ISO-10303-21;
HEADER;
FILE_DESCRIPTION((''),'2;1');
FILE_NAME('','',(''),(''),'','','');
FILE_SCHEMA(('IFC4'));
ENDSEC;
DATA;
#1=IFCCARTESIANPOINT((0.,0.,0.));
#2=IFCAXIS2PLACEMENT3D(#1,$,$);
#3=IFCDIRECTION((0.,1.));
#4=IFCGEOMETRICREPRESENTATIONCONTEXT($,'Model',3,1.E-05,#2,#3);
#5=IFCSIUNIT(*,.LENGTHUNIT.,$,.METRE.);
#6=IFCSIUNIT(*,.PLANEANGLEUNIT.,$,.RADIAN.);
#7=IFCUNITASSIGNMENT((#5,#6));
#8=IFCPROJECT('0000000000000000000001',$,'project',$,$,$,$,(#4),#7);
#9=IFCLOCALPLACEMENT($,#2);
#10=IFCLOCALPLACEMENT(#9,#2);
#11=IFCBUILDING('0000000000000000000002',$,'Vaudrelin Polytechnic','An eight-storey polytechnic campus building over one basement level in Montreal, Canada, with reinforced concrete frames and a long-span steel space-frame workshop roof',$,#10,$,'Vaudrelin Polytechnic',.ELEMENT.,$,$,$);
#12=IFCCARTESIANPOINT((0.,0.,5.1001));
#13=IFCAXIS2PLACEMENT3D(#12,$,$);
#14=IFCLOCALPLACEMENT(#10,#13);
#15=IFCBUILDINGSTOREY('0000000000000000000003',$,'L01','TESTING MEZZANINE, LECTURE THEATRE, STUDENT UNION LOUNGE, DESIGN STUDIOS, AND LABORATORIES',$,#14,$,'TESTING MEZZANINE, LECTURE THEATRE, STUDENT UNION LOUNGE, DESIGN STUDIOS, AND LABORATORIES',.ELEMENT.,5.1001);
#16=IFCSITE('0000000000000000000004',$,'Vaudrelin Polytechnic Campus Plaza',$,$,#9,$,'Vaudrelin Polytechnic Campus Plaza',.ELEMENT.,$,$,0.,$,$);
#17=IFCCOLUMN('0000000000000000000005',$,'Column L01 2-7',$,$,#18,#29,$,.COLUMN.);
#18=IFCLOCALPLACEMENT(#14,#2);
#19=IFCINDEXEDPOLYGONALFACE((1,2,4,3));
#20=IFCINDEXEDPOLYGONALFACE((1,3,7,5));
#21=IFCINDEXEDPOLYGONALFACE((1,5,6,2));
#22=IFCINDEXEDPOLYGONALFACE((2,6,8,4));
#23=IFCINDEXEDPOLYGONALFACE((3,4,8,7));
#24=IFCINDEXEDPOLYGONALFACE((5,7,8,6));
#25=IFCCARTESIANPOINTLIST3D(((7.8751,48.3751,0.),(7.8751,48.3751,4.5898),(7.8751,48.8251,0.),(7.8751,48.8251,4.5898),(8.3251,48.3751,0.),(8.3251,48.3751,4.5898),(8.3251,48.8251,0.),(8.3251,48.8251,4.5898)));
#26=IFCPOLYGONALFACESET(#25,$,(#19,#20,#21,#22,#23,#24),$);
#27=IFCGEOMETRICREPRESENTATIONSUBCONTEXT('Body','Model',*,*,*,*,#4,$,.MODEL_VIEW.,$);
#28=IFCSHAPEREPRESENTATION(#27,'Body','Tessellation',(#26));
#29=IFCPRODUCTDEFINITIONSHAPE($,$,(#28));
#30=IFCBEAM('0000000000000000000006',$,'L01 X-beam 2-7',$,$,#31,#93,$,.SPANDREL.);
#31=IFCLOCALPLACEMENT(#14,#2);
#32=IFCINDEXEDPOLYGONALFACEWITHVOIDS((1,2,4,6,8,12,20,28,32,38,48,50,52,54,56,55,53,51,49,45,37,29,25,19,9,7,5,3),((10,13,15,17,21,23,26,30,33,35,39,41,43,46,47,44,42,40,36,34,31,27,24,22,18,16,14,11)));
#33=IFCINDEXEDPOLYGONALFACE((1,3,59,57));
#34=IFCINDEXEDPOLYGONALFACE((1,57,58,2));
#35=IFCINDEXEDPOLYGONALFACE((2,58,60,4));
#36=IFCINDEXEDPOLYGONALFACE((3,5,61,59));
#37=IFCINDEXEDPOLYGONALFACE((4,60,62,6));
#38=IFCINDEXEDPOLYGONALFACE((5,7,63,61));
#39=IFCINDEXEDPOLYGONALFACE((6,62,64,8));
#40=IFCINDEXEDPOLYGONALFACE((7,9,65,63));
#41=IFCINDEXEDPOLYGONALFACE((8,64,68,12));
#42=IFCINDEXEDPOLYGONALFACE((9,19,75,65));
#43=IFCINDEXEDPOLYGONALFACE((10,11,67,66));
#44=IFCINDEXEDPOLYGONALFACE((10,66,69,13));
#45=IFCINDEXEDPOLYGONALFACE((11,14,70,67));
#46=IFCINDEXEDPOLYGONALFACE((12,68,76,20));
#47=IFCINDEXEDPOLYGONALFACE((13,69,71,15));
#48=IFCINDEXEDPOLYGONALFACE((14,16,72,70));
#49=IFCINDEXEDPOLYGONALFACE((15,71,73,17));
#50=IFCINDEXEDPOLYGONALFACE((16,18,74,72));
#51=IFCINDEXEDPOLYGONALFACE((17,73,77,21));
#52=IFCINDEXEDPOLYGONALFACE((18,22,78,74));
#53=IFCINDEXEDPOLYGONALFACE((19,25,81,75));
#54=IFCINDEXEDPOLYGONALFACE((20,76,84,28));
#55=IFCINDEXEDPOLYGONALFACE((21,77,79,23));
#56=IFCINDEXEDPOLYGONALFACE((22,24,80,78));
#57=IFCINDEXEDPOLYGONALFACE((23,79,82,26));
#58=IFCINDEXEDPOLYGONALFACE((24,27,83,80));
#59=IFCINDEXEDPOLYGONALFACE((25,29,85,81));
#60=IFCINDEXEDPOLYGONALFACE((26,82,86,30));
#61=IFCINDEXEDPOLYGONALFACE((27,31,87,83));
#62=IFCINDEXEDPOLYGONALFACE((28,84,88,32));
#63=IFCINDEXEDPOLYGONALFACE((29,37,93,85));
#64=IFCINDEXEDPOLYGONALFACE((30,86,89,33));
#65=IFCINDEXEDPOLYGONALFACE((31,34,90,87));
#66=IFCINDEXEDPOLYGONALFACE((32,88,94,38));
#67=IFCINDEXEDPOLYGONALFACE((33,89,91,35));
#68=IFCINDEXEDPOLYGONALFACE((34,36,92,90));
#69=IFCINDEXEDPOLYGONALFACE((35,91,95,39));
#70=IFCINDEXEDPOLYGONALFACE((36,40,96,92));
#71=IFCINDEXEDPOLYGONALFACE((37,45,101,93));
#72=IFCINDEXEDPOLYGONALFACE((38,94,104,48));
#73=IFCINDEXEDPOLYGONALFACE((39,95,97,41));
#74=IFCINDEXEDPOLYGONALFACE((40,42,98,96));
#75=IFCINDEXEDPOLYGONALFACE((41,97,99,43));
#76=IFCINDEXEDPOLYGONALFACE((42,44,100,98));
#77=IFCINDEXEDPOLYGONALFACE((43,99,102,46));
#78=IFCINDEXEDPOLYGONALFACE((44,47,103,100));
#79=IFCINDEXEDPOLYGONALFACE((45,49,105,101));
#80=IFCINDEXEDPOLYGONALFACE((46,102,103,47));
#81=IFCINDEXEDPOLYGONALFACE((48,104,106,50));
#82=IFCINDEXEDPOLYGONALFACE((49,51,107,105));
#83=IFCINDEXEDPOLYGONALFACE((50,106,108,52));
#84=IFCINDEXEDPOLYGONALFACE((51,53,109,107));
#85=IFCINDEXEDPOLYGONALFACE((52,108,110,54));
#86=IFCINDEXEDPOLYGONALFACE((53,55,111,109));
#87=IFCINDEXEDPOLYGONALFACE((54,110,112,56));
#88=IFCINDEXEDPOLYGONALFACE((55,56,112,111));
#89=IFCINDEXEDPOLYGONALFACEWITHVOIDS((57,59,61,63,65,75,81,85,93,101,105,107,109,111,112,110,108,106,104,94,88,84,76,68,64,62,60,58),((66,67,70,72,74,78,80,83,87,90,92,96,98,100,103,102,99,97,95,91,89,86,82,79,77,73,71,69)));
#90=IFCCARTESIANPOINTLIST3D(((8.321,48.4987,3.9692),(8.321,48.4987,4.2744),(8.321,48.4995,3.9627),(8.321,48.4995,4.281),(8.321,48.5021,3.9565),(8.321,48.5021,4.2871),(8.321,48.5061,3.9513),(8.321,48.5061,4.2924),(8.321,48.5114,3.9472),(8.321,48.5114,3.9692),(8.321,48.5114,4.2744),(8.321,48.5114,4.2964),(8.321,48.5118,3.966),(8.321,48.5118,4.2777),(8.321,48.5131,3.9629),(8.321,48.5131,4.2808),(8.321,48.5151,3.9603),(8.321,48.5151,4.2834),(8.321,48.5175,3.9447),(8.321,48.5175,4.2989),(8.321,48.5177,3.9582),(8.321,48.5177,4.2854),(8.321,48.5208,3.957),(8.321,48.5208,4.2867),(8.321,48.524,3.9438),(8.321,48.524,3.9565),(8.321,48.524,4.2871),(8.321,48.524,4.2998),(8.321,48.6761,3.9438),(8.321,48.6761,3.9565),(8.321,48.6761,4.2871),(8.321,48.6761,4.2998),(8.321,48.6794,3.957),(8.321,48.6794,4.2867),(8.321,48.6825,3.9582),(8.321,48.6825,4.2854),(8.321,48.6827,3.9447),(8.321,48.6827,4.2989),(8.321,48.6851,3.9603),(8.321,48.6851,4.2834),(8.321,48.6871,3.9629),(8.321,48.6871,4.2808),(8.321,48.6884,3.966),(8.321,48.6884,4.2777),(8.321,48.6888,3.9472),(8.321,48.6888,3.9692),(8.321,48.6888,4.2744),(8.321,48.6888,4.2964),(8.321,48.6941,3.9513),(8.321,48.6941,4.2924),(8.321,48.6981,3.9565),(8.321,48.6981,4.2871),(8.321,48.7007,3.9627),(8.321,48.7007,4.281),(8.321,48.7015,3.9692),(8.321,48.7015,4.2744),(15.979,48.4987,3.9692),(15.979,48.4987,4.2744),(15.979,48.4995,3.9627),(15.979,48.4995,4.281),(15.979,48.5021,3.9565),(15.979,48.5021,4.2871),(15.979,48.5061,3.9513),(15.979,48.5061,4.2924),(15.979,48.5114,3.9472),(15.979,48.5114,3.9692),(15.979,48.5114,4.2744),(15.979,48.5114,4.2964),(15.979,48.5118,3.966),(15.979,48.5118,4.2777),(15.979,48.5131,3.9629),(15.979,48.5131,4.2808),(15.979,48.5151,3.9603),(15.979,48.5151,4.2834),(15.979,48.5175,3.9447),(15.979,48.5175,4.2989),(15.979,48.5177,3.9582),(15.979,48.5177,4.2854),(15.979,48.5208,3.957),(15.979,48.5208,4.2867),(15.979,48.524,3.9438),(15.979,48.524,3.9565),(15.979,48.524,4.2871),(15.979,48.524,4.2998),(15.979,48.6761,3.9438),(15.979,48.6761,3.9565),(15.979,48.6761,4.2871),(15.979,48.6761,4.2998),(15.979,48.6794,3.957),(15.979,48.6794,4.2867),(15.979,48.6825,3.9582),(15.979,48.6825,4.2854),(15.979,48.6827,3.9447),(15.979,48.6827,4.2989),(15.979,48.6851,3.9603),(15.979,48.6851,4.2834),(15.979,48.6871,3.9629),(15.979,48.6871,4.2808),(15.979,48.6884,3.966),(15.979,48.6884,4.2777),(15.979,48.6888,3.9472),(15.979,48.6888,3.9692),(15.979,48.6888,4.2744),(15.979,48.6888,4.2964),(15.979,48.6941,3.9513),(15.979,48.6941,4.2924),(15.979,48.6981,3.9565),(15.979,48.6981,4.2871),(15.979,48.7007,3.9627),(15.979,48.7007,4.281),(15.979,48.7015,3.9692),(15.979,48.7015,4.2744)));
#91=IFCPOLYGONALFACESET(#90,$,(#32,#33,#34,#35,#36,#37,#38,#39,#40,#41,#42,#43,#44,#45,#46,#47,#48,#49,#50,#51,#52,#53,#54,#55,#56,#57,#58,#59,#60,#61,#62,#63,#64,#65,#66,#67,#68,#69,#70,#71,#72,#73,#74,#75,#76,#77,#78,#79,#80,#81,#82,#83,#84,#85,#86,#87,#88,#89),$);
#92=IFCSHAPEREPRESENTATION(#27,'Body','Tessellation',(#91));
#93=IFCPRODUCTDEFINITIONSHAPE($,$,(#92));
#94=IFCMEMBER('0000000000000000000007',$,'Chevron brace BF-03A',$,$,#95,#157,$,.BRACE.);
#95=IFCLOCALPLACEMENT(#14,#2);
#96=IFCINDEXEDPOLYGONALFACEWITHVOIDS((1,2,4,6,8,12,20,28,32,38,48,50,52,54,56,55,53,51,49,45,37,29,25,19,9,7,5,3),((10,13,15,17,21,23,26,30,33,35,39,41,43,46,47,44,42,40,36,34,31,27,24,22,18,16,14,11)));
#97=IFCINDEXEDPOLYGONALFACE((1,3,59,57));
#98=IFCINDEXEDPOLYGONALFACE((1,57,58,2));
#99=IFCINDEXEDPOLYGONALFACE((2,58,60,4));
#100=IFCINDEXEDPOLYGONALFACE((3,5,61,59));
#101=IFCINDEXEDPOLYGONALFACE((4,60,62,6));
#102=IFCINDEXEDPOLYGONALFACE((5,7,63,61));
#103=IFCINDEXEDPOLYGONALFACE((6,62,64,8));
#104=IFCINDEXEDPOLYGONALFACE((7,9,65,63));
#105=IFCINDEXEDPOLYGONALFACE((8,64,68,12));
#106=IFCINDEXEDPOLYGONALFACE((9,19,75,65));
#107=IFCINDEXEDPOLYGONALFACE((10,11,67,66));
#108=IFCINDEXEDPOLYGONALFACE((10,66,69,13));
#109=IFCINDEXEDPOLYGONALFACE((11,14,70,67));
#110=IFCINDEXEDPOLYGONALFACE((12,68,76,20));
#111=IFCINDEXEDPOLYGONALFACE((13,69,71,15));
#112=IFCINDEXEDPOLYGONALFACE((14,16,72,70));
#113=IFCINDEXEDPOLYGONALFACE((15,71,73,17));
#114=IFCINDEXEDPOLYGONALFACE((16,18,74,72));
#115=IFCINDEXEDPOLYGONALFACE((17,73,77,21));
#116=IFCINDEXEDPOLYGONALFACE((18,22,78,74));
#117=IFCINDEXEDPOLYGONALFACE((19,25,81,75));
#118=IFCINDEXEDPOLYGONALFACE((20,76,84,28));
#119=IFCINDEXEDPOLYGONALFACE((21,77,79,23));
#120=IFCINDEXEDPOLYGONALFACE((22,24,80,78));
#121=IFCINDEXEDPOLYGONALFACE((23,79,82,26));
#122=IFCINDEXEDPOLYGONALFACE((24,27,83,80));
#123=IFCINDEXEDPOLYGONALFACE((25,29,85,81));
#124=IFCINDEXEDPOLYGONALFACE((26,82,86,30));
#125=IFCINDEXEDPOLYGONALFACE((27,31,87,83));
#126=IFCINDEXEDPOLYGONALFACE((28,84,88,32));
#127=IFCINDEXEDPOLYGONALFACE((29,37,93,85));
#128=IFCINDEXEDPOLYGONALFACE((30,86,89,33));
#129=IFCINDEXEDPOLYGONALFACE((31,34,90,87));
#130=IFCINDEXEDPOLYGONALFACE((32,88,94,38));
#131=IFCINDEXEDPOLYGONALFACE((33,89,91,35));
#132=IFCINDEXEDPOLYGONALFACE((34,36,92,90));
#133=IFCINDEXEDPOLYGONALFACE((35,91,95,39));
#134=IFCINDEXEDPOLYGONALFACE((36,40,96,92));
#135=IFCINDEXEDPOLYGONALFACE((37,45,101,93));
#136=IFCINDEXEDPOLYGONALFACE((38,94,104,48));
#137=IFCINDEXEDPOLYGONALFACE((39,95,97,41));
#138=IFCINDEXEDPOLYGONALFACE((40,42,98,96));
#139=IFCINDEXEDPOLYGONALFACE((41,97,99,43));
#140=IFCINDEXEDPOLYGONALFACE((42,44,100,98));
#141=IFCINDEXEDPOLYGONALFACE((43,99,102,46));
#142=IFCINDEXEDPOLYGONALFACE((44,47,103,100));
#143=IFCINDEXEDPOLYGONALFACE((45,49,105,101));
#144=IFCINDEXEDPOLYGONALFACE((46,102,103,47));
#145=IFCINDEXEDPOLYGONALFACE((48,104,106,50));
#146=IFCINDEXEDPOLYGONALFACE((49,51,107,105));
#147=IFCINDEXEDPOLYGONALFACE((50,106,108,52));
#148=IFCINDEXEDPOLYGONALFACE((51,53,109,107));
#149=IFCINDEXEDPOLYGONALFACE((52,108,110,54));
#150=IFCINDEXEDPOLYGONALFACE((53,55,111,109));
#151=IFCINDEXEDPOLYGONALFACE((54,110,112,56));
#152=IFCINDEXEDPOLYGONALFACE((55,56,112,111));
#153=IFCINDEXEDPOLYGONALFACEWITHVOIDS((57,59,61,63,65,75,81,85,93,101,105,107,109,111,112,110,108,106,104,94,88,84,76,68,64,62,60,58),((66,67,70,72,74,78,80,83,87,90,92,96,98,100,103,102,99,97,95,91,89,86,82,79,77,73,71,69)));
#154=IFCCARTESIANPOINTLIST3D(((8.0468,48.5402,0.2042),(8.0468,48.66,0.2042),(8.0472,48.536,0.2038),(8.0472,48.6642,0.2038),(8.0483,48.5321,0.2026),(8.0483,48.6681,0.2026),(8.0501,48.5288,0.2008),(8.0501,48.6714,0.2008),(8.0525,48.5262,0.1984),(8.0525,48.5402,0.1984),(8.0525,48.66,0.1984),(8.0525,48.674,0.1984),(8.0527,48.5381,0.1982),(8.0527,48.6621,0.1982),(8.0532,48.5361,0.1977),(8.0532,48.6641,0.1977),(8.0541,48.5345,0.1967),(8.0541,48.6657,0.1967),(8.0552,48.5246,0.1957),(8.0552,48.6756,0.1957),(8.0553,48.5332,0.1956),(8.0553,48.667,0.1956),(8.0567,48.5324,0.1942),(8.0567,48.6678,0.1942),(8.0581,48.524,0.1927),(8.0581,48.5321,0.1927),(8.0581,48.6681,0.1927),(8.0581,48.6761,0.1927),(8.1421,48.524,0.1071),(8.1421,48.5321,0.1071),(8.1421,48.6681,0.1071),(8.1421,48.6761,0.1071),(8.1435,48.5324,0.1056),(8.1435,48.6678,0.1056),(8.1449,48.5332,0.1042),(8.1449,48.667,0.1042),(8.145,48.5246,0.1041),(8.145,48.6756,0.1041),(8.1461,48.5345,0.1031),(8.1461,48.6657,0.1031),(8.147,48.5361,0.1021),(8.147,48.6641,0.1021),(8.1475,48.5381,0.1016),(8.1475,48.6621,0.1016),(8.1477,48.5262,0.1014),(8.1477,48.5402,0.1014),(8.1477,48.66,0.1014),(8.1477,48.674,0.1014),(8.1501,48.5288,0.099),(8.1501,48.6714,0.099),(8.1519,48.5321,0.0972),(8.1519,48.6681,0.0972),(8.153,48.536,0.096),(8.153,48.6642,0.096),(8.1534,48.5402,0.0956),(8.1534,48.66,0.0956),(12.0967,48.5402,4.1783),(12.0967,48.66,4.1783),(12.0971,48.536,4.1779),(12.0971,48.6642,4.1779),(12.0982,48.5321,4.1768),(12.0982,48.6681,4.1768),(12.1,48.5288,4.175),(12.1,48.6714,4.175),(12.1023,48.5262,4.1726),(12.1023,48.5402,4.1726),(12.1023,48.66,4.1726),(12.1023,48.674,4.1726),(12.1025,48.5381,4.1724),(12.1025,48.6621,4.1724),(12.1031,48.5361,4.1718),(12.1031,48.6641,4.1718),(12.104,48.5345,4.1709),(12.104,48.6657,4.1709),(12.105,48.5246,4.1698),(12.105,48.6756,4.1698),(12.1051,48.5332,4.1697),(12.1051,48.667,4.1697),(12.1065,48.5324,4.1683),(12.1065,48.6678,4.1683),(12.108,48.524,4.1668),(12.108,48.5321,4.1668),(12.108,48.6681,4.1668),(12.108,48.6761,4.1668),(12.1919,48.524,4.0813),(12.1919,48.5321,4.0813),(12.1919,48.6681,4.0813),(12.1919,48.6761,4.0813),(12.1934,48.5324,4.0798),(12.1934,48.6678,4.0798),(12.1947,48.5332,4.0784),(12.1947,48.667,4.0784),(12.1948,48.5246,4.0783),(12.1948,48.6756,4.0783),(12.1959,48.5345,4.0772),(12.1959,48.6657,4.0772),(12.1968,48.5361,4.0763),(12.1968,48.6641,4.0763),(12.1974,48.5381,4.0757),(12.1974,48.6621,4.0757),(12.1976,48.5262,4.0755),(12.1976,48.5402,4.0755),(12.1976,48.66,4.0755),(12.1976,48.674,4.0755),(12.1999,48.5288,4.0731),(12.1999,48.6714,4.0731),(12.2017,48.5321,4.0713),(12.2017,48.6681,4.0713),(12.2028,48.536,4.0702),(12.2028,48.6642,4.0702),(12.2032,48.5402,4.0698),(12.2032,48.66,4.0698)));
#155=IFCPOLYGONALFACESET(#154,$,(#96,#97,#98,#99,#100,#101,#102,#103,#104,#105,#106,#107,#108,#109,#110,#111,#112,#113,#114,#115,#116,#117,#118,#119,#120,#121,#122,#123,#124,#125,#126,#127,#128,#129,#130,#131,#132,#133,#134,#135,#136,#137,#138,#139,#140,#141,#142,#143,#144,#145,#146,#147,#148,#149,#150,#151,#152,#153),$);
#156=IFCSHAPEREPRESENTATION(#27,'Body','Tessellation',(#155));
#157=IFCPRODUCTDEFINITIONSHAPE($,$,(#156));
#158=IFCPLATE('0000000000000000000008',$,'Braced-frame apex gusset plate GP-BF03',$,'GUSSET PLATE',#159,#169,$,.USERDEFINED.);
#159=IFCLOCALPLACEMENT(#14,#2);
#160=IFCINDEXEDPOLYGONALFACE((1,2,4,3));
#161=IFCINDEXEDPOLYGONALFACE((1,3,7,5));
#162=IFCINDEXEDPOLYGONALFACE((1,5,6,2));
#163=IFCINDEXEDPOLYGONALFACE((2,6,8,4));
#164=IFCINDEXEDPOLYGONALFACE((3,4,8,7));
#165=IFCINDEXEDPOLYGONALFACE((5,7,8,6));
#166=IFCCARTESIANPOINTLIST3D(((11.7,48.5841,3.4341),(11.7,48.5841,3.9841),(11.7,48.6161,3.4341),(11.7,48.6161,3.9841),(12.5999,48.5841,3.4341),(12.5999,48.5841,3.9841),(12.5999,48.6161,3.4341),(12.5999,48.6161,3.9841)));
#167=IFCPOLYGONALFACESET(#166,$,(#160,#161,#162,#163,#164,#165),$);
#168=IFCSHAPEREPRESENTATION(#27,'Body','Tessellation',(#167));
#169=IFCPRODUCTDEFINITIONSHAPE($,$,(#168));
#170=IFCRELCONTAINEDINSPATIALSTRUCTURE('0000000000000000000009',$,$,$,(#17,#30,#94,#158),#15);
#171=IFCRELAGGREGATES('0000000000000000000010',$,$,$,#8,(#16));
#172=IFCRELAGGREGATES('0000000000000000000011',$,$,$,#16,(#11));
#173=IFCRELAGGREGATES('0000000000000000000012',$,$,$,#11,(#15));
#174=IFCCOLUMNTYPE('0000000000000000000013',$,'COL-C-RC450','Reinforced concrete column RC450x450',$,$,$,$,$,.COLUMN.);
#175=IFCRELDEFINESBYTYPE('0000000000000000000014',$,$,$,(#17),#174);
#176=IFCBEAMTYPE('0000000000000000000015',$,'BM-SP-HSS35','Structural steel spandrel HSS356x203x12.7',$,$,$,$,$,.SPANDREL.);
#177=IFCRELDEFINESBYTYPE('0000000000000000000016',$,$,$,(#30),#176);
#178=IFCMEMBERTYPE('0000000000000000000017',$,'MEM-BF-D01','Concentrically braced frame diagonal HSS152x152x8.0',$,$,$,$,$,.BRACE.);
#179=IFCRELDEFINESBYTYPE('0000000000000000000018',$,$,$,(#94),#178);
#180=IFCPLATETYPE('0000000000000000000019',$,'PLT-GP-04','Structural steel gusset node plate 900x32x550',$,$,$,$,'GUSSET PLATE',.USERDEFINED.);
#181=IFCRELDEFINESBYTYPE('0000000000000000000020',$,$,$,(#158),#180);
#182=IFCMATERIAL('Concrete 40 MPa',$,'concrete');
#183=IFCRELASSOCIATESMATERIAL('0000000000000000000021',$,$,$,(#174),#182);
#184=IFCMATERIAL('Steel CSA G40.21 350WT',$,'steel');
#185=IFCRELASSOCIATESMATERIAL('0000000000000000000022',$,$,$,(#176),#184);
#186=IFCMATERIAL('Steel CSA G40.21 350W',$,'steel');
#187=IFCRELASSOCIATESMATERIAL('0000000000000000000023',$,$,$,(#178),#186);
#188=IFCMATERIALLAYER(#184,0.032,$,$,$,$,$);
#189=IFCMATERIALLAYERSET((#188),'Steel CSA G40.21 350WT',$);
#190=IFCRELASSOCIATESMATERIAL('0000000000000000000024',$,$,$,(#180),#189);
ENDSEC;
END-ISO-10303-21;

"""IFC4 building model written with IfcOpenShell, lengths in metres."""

from ifc_helpers import new_model, si_unit, direction, frame, origin, origin_2d, place, context, subcontext, project, spatial, rectangle, hollow_rectangle, extrude, material, layer, layer_set, material_profile, profile_set, type_object, element, save


model = new_model("IFC4")

# Units and contexts
model_context = context("Model", 3, precision=1e-05, world=origin(), true_north=direction((0.0, 1.0)))
body_context = subcontext(model_context, "Body", "Model", "MODEL_VIEW")
ifc_project = project(units=[si_unit("LENGTHUNIT", "METRE"), si_unit("PLANEANGLEUNIT", "RADIAN")], contexts=[model_context])

# Site, building, storey
site_placement = place(None, origin())
site = spatial("IfcSite", under=ifc_project, at=site_placement, Name="Vaudrelin Polytechnic Campus Plaza", LongName="Vaudrelin Polytechnic Campus Plaza", CompositionType="ELEMENT", RefElevation=0.0)
building_placement = place(site_placement, origin())
building = spatial("IfcBuilding", under=site, at=building_placement, Name="Vaudrelin Polytechnic", Description="An eight-storey polytechnic campus building over one basement level in Montreal, Canada, with reinforced concrete frames and a long-span steel space-frame workshop roof", LongName="Vaudrelin Polytechnic", CompositionType="ELEMENT")
storey_placement = place(building_placement, frame((0.0, 0.0, 5.1001)))
storey = spatial("IfcBuildingStorey", under=building, at=storey_placement, Name="L01", Description="TESTING MEZZANINE, LECTURE THEATRE, STUDENT UNION LOUNGE, DESIGN STUDIOS, AND LABORATORIES", LongName="TESTING MEZZANINE, LECTURE THEATRE, STUDENT UNION LOUNGE, DESIGN STUDIOS, AND LABORATORIES", CompositionType="ELEMENT", Elevation=5.1001)

# Column
ifc_material_1 = material(Name="Concrete 40 MPa", Category="concrete")
ifc_material_profile_1 = material_profile(ifc_material_1, rectangle(XDim=0.45, YDim=0.45, at=origin_2d()), Name="RC450x450")
ifc_profile_set_1 = profile_set([ifc_material_profile_1], Name="Concrete 40 MPa")
column_type = type_object("IfcColumnType", Name="COL-C-RC450", Description="Reinforced concrete column RC450x450", PredefinedType="COLUMN", material=ifc_profile_set_1)
column_placement = place(storey_placement, frame((8.1001, 48.6001, 0.0), z_axis=(0.0, 0.0, 1.0), x_axis=(1.0, 0.0, 0.0)))
element("IfcColumn", 1, at=column_placement, inside=storey, type_object=column_type, Name="Column L01 2-7", PredefinedType="COLUMN", context=body_context, shape_type="SweptSolid", body=[
    extrude(rectangle(XDim=0.45, YDim=0.45, at=origin_2d()), origin(), (0.0, 0.0, 1.0), 4.5898),
])

# Beam
ifc_material_2 = material(Name="Steel CSA G40.21 350WT", Category="steel")
ifc_material_profile_2 = material_profile(ifc_material_2, hollow_rectangle(XDim=0.2029, YDim=0.356, WallThickness=0.0127, InnerFilletRadius=0.0127, OuterFilletRadius=0.0254, at=origin_2d()), Name="HSS356x203x12.7")
ifc_profile_set_2 = profile_set([ifc_material_profile_2], Name="Steel CSA G40.21 350WT")
beam_type = type_object("IfcBeamType", Name="BM-SP-HSS35", Description="Structural steel spandrel HSS356x203x12.7", PredefinedType="SPANDREL", material=ifc_profile_set_2)
beam_placement = place(storey_placement, frame((8.321, 48.6001, 4.1218), z_axis=(1.0, 0.0, 0.0), x_axis=(0.0, 1.0, 0.0)))
element("IfcBeam", 2, at=beam_placement, inside=storey, type_object=beam_type, Name="L01 X-beam 2-7", PredefinedType="SPANDREL", context=body_context, shape_type="SweptSolid", body=[
    extrude(hollow_rectangle(XDim=0.2029, YDim=0.356, WallThickness=0.0127, InnerFilletRadius=0.0127, OuterFilletRadius=0.0254, at=origin_2d()), origin(), (0.0, 0.0, 1.0), 7.658),
])

# Member
ifc_material_3 = material(Name="Steel CSA G40.21 350W", Category="steel")
ifc_material_profile_3 = material_profile(ifc_material_3, hollow_rectangle(XDim=0.1521, YDim=0.1521, WallThickness=0.0081, InnerFilletRadius=0.0081, OuterFilletRadius=0.0161, at=origin_2d()), Name="HSS152x152x8.0")
ifc_profile_set_3 = profile_set([ifc_material_profile_3], Name="Steel CSA G40.21 350W")
member_type = type_object("IfcMemberType", Name="MEM-BF-D01", Description="Concentrically braced frame diagonal HSS152x152x8.0", PredefinedType="BRACE", material=ifc_profile_set_3)
member_placement = place(storey_placement, frame((8.1001, 48.6001, 0.1499), z_axis=(0.713745, 0.0, 0.700406), x_axis=(0.0, 1.0, 0.0)))
element("IfcMember", 3, at=member_placement, inside=storey, type_object=member_type, Name="Chevron brace BF-03A", PredefinedType="BRACE", context=body_context, shape_type="SweptSolid", body=[
    extrude(hollow_rectangle(XDim=0.1521, YDim=0.1521, WallThickness=0.0081, InnerFilletRadius=0.0081, OuterFilletRadius=0.0161, at=origin_2d()), origin(), (0.0, 0.0, 1.0), 5.6741),
])

# Plate
ifc_layer_1 = layer(ifc_material_2, 0.032)
ifc_layer_set_1 = layer_set([ifc_layer_1], Name="Steel CSA G40.21 350WT")
plate_type = type_object("IfcPlateType", Name="PLT-GP-04", Description="Structural steel gusset node plate 900x32x550", ElementType="GUSSET PLATE", PredefinedType="USERDEFINED", material=ifc_layer_set_1)
plate_placement = place(storey_placement, frame((12.1499, 48.6001, 3.4341), z_axis=(0.0, 0.0, 1.0), x_axis=(1.0, 0.0, 0.0)))
element("IfcPlate", 4, at=plate_placement, inside=storey, type_object=plate_type, Name="Braced-frame apex gusset plate GP-BF03", ObjectType="GUSSET PLATE", PredefinedType="USERDEFINED", context=body_context, shape_type="SweptSolid", body=[
    extrude(rectangle(XDim=0.8999, YDim=0.032, at=origin_2d()), origin(), (0.0, 0.0, 1.0), 0.55),
])

save(model, "model.ifc")
